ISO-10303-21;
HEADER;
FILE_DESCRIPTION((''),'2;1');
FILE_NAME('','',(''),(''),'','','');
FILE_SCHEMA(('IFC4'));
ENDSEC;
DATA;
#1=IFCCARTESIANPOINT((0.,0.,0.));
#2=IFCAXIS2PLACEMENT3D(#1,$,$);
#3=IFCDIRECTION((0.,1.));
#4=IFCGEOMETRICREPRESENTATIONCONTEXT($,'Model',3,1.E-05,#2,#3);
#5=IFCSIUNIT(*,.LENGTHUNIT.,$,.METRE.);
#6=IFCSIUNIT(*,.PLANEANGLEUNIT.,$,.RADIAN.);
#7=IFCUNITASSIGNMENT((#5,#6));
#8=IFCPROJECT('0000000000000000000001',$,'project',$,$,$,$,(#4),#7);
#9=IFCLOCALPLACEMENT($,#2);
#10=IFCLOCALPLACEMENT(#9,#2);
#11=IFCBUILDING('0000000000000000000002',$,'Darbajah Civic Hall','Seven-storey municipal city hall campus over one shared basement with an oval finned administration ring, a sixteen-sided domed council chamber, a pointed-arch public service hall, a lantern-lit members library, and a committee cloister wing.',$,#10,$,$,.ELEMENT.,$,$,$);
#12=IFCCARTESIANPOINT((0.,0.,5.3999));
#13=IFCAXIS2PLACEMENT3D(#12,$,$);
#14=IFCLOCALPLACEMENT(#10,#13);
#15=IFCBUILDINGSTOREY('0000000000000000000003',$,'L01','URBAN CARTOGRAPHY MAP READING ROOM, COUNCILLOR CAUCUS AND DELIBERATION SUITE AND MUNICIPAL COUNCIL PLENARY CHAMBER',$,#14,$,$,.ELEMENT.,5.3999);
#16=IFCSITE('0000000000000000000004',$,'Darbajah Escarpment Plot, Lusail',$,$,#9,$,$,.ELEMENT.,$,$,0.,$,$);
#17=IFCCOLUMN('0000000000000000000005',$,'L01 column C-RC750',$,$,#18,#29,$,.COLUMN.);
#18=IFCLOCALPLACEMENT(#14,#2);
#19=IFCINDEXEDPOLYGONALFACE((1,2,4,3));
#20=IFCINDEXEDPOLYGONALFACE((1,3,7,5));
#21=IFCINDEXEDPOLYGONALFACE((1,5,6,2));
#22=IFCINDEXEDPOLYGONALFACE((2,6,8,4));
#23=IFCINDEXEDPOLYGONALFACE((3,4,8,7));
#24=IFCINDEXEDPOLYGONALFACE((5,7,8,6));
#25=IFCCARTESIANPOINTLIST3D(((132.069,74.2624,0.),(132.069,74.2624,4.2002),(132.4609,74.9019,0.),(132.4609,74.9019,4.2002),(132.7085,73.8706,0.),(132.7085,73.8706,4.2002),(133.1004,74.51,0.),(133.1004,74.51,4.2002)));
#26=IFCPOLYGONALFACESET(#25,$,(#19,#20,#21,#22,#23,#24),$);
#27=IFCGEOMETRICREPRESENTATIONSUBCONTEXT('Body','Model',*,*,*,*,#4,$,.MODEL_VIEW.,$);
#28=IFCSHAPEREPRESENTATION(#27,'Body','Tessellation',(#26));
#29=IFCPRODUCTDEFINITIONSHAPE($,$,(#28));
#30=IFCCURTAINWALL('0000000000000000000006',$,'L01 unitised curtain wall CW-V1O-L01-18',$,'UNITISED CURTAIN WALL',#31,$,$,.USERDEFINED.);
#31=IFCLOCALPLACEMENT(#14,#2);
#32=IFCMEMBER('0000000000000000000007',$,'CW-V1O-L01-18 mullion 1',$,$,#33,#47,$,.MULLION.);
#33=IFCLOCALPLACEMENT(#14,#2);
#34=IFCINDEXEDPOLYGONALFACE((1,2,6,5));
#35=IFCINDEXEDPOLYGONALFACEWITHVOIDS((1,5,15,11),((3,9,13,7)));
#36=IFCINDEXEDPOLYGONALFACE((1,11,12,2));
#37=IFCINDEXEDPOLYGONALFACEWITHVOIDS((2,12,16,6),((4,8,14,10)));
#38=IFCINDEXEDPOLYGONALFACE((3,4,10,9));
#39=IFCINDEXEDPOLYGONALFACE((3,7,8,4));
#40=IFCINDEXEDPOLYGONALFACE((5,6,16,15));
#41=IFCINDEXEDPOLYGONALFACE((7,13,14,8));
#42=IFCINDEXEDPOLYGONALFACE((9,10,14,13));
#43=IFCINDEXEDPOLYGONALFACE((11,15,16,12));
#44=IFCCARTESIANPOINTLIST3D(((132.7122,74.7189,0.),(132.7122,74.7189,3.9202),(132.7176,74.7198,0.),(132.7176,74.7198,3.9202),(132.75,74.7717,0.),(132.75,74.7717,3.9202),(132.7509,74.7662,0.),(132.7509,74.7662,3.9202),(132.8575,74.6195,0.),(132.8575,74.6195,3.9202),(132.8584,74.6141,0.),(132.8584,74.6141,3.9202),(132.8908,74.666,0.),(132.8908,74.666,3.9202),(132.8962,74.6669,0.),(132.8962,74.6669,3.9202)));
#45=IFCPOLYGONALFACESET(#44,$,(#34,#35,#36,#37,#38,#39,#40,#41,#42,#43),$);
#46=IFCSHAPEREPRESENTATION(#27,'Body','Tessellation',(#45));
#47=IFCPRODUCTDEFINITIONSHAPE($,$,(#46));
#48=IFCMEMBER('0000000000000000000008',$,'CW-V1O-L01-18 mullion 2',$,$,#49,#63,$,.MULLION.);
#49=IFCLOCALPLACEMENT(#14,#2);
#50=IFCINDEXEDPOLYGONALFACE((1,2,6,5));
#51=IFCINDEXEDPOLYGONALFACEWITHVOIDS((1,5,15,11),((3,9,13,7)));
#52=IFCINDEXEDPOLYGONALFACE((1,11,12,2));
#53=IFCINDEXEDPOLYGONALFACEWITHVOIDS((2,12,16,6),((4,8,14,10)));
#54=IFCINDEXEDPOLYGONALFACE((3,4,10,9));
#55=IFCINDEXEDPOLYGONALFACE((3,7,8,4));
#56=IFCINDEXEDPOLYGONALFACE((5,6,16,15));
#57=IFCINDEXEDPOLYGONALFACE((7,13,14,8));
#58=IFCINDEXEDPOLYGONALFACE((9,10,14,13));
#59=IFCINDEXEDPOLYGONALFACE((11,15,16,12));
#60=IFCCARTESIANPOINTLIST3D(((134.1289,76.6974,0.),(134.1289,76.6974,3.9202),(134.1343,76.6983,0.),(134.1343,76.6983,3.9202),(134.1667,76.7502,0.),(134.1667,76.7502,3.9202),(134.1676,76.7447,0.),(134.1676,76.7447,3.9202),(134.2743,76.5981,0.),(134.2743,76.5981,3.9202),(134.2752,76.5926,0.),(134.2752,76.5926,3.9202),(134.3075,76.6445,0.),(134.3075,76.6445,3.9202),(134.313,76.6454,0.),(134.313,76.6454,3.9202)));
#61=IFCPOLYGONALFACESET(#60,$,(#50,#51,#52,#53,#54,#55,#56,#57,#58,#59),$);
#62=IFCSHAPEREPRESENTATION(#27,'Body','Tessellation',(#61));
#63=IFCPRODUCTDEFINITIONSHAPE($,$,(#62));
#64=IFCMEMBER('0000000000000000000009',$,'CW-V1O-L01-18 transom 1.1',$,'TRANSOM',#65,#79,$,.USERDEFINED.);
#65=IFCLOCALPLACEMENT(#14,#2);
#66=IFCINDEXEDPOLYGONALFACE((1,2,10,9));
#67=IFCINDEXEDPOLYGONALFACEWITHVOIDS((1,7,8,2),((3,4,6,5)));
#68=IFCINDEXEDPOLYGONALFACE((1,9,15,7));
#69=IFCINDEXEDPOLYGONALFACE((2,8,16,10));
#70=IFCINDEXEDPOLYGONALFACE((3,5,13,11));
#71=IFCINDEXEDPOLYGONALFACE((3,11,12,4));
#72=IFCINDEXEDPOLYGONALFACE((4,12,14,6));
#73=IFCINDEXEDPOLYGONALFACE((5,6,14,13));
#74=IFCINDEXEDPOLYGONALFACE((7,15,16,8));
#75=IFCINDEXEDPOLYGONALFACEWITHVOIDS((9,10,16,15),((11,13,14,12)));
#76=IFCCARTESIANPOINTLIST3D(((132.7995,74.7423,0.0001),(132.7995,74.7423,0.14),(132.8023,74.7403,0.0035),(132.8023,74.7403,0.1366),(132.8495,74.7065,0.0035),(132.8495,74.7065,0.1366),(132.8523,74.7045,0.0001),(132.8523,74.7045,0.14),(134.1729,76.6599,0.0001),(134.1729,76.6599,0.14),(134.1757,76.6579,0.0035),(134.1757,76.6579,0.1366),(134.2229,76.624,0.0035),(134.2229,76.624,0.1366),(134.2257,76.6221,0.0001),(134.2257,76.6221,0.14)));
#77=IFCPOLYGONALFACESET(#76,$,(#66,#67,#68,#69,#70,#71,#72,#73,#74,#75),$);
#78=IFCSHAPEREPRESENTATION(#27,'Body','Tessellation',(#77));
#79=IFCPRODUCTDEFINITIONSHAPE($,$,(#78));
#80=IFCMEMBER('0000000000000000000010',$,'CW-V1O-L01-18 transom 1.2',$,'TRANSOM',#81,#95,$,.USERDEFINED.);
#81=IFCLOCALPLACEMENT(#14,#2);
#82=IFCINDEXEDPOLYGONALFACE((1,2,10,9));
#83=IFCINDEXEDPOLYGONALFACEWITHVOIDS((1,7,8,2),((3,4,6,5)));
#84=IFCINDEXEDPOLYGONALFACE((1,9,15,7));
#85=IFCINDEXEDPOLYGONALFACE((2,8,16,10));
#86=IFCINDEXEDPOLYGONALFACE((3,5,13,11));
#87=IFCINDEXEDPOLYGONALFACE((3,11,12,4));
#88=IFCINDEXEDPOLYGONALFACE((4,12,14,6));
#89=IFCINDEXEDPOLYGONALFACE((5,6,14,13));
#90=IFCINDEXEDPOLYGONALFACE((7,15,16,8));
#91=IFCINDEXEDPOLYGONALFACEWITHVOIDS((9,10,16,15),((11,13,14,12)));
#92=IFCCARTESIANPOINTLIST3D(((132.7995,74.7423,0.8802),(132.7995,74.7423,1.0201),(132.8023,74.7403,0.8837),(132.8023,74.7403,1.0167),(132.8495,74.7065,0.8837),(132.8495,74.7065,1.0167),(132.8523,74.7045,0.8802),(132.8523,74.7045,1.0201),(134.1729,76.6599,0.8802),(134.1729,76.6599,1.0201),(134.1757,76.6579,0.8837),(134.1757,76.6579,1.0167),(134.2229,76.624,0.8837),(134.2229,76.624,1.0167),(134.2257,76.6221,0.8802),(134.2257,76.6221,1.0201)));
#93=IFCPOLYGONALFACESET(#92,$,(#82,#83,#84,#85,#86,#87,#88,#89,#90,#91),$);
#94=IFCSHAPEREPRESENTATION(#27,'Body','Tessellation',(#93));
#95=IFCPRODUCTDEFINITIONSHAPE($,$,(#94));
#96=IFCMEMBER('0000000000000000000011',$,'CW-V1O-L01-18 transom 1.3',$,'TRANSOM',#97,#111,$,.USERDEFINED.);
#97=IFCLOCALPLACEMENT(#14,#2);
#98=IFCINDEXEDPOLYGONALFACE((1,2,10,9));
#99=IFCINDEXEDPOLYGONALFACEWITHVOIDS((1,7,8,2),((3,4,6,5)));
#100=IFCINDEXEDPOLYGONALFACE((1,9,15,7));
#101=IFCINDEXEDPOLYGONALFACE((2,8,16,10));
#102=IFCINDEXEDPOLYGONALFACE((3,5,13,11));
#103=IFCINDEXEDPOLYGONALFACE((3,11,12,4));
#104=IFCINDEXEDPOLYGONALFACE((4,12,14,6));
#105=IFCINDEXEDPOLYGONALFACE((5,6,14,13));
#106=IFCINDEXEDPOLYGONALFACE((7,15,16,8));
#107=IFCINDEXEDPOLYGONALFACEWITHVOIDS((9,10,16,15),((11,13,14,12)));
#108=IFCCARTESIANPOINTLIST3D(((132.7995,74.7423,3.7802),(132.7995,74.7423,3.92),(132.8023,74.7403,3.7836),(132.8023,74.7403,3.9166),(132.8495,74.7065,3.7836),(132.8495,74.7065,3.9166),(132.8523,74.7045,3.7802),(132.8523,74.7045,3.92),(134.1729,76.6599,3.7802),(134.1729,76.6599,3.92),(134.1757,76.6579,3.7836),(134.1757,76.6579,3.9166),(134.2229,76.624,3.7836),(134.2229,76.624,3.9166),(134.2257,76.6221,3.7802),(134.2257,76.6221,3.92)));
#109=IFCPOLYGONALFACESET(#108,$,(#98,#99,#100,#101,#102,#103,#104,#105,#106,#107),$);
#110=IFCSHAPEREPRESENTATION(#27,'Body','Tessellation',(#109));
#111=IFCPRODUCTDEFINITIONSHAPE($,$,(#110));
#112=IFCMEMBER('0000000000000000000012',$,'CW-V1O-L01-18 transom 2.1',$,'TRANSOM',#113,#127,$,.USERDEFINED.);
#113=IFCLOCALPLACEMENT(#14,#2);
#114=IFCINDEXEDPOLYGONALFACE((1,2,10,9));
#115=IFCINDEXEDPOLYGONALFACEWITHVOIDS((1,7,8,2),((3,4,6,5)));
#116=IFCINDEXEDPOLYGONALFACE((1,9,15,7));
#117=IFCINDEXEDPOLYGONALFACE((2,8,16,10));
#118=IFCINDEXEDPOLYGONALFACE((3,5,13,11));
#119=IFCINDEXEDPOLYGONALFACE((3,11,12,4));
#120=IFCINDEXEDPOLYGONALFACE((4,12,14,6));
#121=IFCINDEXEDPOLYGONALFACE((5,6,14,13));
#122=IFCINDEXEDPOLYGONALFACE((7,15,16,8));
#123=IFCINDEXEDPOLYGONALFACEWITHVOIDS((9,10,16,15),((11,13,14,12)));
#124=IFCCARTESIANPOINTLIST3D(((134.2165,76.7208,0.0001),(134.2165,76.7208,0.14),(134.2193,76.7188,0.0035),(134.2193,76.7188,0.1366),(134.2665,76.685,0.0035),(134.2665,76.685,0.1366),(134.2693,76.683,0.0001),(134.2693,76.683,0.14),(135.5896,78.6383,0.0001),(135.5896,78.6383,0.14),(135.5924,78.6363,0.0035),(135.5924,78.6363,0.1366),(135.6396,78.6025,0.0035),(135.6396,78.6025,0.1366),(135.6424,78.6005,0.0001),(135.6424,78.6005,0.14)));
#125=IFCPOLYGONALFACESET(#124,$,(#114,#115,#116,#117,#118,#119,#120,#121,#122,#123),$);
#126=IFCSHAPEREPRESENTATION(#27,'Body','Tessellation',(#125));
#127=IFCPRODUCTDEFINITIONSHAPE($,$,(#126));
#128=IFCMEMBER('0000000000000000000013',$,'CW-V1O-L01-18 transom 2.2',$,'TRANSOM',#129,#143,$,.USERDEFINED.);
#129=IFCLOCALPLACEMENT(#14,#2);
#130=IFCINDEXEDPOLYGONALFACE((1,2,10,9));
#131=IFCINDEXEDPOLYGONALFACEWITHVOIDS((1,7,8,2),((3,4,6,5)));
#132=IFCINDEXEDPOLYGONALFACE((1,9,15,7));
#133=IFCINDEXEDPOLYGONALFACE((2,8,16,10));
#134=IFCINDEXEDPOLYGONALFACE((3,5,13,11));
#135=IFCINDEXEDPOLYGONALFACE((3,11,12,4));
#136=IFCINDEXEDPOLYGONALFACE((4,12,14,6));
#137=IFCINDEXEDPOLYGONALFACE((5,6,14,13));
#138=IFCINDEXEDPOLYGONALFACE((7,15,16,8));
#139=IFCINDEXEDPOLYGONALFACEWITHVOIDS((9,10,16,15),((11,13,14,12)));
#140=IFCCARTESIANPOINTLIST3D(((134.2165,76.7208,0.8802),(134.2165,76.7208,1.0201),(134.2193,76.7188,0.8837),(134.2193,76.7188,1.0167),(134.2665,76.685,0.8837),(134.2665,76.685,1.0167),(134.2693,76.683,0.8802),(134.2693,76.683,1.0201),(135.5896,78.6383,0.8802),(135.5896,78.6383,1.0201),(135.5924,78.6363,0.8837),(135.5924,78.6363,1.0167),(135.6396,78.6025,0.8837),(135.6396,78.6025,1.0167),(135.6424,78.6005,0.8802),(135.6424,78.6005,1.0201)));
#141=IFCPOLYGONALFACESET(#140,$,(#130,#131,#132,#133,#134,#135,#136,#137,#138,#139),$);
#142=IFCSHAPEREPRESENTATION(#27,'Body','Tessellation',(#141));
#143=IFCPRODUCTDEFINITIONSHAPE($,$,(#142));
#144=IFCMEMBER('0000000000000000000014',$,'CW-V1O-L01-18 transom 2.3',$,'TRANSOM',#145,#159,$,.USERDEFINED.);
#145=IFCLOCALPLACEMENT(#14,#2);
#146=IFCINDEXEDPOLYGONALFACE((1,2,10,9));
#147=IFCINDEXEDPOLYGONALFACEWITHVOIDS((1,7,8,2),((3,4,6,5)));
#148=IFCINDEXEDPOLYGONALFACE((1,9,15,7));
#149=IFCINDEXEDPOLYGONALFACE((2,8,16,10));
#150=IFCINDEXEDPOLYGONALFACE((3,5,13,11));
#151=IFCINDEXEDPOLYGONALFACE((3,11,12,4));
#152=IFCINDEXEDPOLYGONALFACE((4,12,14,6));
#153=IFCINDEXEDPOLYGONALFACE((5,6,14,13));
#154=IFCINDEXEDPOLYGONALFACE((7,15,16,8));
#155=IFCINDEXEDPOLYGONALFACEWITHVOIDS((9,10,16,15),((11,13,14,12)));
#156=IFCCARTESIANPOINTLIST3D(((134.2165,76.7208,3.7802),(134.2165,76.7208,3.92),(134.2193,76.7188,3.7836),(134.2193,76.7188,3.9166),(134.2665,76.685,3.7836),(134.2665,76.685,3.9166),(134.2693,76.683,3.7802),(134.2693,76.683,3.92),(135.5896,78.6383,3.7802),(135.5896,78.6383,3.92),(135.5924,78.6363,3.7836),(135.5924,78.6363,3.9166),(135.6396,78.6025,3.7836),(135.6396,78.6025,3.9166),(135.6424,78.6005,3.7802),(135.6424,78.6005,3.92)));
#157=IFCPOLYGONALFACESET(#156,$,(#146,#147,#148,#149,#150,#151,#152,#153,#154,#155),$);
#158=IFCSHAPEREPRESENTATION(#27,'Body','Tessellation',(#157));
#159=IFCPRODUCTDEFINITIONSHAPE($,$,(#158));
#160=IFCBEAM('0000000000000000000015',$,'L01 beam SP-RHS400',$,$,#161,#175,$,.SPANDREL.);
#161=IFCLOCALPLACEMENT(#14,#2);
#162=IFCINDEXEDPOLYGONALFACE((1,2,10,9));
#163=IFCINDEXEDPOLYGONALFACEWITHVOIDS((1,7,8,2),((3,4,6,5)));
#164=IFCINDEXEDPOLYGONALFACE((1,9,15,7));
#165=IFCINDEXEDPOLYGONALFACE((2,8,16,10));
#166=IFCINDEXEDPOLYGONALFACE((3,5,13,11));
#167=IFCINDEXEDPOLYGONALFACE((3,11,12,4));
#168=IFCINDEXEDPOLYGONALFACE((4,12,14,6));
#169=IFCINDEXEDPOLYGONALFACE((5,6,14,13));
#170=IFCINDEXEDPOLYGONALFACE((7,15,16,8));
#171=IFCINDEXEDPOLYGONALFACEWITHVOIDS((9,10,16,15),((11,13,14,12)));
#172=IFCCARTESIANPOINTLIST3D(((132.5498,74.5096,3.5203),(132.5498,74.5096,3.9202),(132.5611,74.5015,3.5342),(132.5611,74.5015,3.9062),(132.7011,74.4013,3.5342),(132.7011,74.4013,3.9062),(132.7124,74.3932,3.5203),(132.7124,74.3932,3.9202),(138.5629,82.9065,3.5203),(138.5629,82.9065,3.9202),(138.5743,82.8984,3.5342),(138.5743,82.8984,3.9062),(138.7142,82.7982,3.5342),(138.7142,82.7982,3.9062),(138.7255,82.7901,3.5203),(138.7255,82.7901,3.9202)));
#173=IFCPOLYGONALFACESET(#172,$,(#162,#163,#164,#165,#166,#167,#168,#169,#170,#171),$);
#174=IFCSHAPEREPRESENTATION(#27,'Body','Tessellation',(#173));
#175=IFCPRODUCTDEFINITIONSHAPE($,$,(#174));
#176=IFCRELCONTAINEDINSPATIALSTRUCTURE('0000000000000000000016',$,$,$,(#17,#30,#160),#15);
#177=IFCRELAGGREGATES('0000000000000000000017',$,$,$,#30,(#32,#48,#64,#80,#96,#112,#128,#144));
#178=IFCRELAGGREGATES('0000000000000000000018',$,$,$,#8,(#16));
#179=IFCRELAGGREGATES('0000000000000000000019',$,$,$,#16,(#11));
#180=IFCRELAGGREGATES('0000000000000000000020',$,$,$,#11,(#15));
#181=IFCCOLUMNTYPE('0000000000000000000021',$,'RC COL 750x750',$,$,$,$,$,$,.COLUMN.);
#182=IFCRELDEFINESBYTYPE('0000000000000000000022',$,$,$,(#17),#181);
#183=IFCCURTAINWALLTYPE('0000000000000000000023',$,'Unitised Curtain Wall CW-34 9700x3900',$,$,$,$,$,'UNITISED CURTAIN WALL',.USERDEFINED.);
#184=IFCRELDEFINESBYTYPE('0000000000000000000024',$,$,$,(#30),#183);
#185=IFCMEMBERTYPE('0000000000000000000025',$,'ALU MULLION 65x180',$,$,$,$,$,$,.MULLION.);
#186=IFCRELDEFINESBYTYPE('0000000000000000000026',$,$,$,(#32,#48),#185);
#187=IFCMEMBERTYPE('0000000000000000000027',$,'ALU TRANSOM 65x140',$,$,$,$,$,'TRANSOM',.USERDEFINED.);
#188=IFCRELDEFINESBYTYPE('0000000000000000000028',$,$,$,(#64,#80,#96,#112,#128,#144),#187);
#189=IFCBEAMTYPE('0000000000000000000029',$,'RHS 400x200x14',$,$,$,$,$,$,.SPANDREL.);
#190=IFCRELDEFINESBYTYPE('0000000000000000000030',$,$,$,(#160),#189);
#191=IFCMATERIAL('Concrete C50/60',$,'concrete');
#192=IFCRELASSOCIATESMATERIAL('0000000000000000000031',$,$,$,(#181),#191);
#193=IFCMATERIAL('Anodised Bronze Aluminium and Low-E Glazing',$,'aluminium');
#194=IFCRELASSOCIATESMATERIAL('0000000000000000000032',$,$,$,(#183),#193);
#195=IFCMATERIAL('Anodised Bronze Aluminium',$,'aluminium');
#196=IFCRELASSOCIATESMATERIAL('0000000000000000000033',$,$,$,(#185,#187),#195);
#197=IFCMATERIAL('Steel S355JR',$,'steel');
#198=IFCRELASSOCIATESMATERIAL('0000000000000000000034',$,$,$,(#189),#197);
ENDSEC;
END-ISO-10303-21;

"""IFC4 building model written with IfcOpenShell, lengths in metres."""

from ifc_helpers import new_model, si_unit, direction, frame, origin, origin_2d, place, context, subcontext, project, spatial, rectangle, hollow_rectangle, extrude, material, material_profile, profile_set, type_object, element, aggregate, save


model = new_model("IFC4")

# Units and contexts
model_context = context("Model", 3, precision=1e-05, world=origin(), true_north=direction((0.0, 1.0)))
body_context = subcontext(model_context, "Body", "Model", "MODEL_VIEW")
ifc_project = project(units=[si_unit("LENGTHUNIT", "METRE"), si_unit("PLANEANGLEUNIT", "RADIAN")], contexts=[model_context])

# Site, building, storey
site_placement = place(None, origin())
site = spatial("IfcSite", under=ifc_project, at=site_placement, Name="Darbajah Escarpment Plot, Lusail", CompositionType="ELEMENT", RefElevation=0.0)
building_placement = place(site_placement, origin())
building = spatial("IfcBuilding", under=site, at=building_placement, Name="Darbajah Civic Hall", Description="Seven-storey municipal city hall campus over one shared basement with an oval finned administration ring, a sixteen-sided domed council chamber, a pointed-arch public service hall, a lantern-lit members library, and a committee cloister wing.", CompositionType="ELEMENT")
storey_placement = place(building_placement, frame((0.0, 0.0, 5.3999)))
storey = spatial("IfcBuildingStorey", under=building, at=storey_placement, Name="L01", Description="URBAN CARTOGRAPHY MAP READING ROOM, COUNCILLOR CAUCUS AND DELIBERATION SUITE AND MUNICIPAL COUNCIL PLENARY CHAMBER", CompositionType="ELEMENT", Elevation=5.3999)

# Column
ifc_material_1 = material(Name="Concrete C50/60", Category="concrete")
ifc_material_profile_1 = material_profile(ifc_material_1, rectangle(XDim=0.75, YDim=0.75, at=origin_2d()), Name="RC COL 750x750")
ifc_profile_set_1 = profile_set([ifc_material_profile_1], Name="Concrete C50/60")
column_type = type_object("IfcColumnType", Name="RC COL 750x750", PredefinedType="COLUMN", material=ifc_profile_set_1)
column_placement = place(storey_placement, frame((132.5847, 74.3862, 0.0), z_axis=(0.0, 0.0, 1.0), x_axis=(0.85264, -0.522499, 0.0)))
element("IfcColumn", 1, at=column_placement, inside=storey, type_object=column_type, Name="L01 column C-RC750", PredefinedType="COLUMN", context=body_context, shape_type="SweptSolid", body=[
    extrude(rectangle(XDim=0.75, YDim=0.75, at=origin_2d()), origin(), (0.0, 0.0, 1.0), 4.2002),
])

# Curtain wall, members
ifc_material_2 = material(Name="Anodised Bronze Aluminium and Low-E Glazing", Category="aluminium")
curtain_wall_type = type_object("IfcCurtainWallType", Name="Unitised Curtain Wall CW-34 9700x3900", ElementType="UNITISED CURTAIN WALL", PredefinedType="USERDEFINED", material=ifc_material_2)
curtain_wall_placement = place(storey_placement, origin())
curtain_wall = element("IfcCurtainWall", 2, at=curtain_wall_placement, inside=storey, type_object=curtain_wall_type, Name="L01 unitised curtain wall CW-V1O-L01-18", ObjectType="UNITISED CURTAIN WALL", PredefinedType="USERDEFINED")
ifc_material_3 = material(Name="Anodised Bronze Aluminium", Category="aluminium")
ifc_material_profile_2 = material_profile(ifc_material_3, hollow_rectangle(XDim=0.0649, YDim=0.1799, WallThickness=0.0039, at=origin_2d()), Name="ALU MULLION 65x180")
ifc_profile_set_2 = profile_set([ifc_material_profile_2], Name="Anodised Bronze Aluminium")
member_type_1 = type_object("IfcMemberType", Name="ALU MULLION 65x180", PredefinedType="MULLION", material=ifc_profile_set_2)
member_1_placement = place(storey_placement, frame((132.8042, 74.6929, 0.0), z_axis=(0.0, 0.0, 1.0), x_axis=(0.582265, 0.812999, 0.0)))
member_1 = element("IfcMember", 3, at=member_1_placement, type_object=member_type_1, Name="CW-V1O-L01-18 mullion 1", PredefinedType="MULLION", context=body_context, shape_type="SweptSolid", body=[
    extrude(hollow_rectangle(XDim=0.0649, YDim=0.1799, WallThickness=0.0039, at=origin_2d()), origin(), (0.0, 0.0, 1.0), 3.9202),
])
member_2_placement = place(storey_placement, frame((134.2209, 76.6714, 0.0), z_axis=(0.0, 0.0, 1.0), x_axis=(0.582265, 0.812999, 0.0)))
member_2 = element("IfcMember", 4, at=member_2_placement, type_object=member_type_1, Name="CW-V1O-L01-18 mullion 2", PredefinedType="MULLION", context=body_context, shape_type="SweptSolid", body=[
    extrude(hollow_rectangle(XDim=0.0649, YDim=0.1799, WallThickness=0.0039, at=origin_2d()), origin(), (0.0, 0.0, 1.0), 3.9202),
])
ifc_material_profile_3 = material_profile(ifc_material_3, hollow_rectangle(XDim=0.0649, YDim=0.1399, WallThickness=0.0034, at=origin_2d()), Name="ALU TRANSOM 65x140")
ifc_profile_set_3 = profile_set([ifc_material_profile_3], Name="Anodised Bronze Aluminium")
member_type_2 = type_object("IfcMemberType", Name="ALU TRANSOM 65x140", ElementType="TRANSOM", PredefinedType="USERDEFINED", material=ifc_profile_set_3)
member_3_placement = place(storey_placement, frame((132.8259, 74.7234, 0.0701), z_axis=(0.582266, 0.812998, 0.0), x_axis=(-0.812998, 0.582266, 0.0)))
member_3 = element("IfcMember", 5, at=member_3_placement, type_object=member_type_2, Name="CW-V1O-L01-18 transom 1.1", ObjectType="TRANSOM", PredefinedType="USERDEFINED", context=body_context, shape_type="SweptSolid", body=[
    extrude(hollow_rectangle(XDim=0.0649, YDim=0.1399, WallThickness=0.0034, at=origin_2d()), origin(), (0.0, 0.0, 1.0), 2.3586),
])
member_4_placement = place(storey_placement, frame((132.8259, 74.7234, 0.9502), z_axis=(0.582266, 0.812998, 0.0), x_axis=(-0.812998, 0.582266, 0.0)))
member_4 = element("IfcMember", 6, at=member_4_placement, type_object=member_type_2, Name="CW-V1O-L01-18 transom 1.2", ObjectType="TRANSOM", PredefinedType="USERDEFINED", context=body_context, shape_type="SweptSolid", body=[
    extrude(hollow_rectangle(XDim=0.0649, YDim=0.1399, WallThickness=0.0034, at=origin_2d()), origin(), (0.0, 0.0, 1.0), 2.3586),
])
member_5_placement = place(storey_placement, frame((132.8259, 74.7234, 3.8501), z_axis=(0.582266, 0.812998, 0.0), x_axis=(-0.812998, 0.582266, 0.0)))
member_5 = element("IfcMember", 7, at=member_5_placement, type_object=member_type_2, Name="CW-V1O-L01-18 transom 1.3", ObjectType="TRANSOM", PredefinedType="USERDEFINED", context=body_context, shape_type="SweptSolid", body=[
    extrude(hollow_rectangle(XDim=0.0649, YDim=0.1399, WallThickness=0.0034, at=origin_2d()), origin(), (0.0, 0.0, 1.0), 2.3586),
])
member_6_placement = place(storey_placement, frame((134.2429, 76.7019, 0.0701), z_axis=(0.582197, 0.813047, 0.0), x_axis=(-0.813047, 0.582197, 0.0)))
member_6 = element("IfcMember", 8, at=member_6_placement, type_object=member_type_2, Name="CW-V1O-L01-18 transom 2.1", ObjectType="TRANSOM", PredefinedType="USERDEFINED", context=body_context, shape_type="SweptSolid", body=[
    extrude(hollow_rectangle(XDim=0.0649, YDim=0.1399, WallThickness=0.0034, at=origin_2d()), origin(), (0.0, 0.0, 1.0), 2.3584),
])
member_7_placement = place(storey_placement, frame((134.2429, 76.7019, 0.9502), z_axis=(0.582197, 0.813047, 0.0), x_axis=(-0.813047, 0.582197, 0.0)))
member_7 = element("IfcMember", 9, at=member_7_placement, type_object=member_type_2, Name="CW-V1O-L01-18 transom 2.2", ObjectType="TRANSOM", PredefinedType="USERDEFINED", context=body_context, shape_type="SweptSolid", body=[
    extrude(hollow_rectangle(XDim=0.0649, YDim=0.1399, WallThickness=0.0034, at=origin_2d()), origin(), (0.0, 0.0, 1.0), 2.3584),
])
member_8_placement = place(storey_placement, frame((134.2429, 76.7019, 3.8501), z_axis=(0.582197, 0.813047, 0.0), x_axis=(-0.813047, 0.582197, 0.0)))
member_8 = element("IfcMember", 10, at=member_8_placement, type_object=member_type_2, Name="CW-V1O-L01-18 transom 2.3", ObjectType="TRANSOM", PredefinedType="USERDEFINED", context=body_context, shape_type="SweptSolid", body=[
    extrude(hollow_rectangle(XDim=0.0649, YDim=0.1399, WallThickness=0.0034, at=origin_2d()), origin(), (0.0, 0.0, 1.0), 2.3584),
])

# Beam
ifc_material_4 = material(Name="Steel S355JR", Category="steel")
ifc_material_profile_4 = material_profile(ifc_material_4, hollow_rectangle(XDim=0.2, YDim=0.3999, WallThickness=0.0139, at=origin_2d()), Name="RHS 400x200x14")
ifc_profile_set_4 = profile_set([ifc_material_profile_4], Name="Steel S355JR")
beam_type_1 = type_object("IfcBeamType", Name="RHS 400x200x14", PredefinedType="SPANDREL", material=ifc_profile_set_4)
beam_1_placement = place(storey_placement, frame((132.6311, 74.4514, 3.7202), z_axis=(0.582222, 0.81303, 0.0), x_axis=(-0.81303, 0.582222, 0.0)))
element("IfcBeam", 11, at=beam_1_placement, inside=storey, type_object=beam_type_1, Name="L01 beam SP-RHS400", PredefinedType="SPANDREL", context=body_context, shape_type="SweptSolid", body=[
    extrude(hollow_rectangle(XDim=0.2, YDim=0.3999, WallThickness=0.0139, at=origin_2d()), origin(), (0.0, 0.0, 1.0), 10.3279),
])

aggregate(curtain_wall, [member_1, member_2, member_3, member_4, member_5, member_6, member_7, member_8])

save(model, "model.ifc")
